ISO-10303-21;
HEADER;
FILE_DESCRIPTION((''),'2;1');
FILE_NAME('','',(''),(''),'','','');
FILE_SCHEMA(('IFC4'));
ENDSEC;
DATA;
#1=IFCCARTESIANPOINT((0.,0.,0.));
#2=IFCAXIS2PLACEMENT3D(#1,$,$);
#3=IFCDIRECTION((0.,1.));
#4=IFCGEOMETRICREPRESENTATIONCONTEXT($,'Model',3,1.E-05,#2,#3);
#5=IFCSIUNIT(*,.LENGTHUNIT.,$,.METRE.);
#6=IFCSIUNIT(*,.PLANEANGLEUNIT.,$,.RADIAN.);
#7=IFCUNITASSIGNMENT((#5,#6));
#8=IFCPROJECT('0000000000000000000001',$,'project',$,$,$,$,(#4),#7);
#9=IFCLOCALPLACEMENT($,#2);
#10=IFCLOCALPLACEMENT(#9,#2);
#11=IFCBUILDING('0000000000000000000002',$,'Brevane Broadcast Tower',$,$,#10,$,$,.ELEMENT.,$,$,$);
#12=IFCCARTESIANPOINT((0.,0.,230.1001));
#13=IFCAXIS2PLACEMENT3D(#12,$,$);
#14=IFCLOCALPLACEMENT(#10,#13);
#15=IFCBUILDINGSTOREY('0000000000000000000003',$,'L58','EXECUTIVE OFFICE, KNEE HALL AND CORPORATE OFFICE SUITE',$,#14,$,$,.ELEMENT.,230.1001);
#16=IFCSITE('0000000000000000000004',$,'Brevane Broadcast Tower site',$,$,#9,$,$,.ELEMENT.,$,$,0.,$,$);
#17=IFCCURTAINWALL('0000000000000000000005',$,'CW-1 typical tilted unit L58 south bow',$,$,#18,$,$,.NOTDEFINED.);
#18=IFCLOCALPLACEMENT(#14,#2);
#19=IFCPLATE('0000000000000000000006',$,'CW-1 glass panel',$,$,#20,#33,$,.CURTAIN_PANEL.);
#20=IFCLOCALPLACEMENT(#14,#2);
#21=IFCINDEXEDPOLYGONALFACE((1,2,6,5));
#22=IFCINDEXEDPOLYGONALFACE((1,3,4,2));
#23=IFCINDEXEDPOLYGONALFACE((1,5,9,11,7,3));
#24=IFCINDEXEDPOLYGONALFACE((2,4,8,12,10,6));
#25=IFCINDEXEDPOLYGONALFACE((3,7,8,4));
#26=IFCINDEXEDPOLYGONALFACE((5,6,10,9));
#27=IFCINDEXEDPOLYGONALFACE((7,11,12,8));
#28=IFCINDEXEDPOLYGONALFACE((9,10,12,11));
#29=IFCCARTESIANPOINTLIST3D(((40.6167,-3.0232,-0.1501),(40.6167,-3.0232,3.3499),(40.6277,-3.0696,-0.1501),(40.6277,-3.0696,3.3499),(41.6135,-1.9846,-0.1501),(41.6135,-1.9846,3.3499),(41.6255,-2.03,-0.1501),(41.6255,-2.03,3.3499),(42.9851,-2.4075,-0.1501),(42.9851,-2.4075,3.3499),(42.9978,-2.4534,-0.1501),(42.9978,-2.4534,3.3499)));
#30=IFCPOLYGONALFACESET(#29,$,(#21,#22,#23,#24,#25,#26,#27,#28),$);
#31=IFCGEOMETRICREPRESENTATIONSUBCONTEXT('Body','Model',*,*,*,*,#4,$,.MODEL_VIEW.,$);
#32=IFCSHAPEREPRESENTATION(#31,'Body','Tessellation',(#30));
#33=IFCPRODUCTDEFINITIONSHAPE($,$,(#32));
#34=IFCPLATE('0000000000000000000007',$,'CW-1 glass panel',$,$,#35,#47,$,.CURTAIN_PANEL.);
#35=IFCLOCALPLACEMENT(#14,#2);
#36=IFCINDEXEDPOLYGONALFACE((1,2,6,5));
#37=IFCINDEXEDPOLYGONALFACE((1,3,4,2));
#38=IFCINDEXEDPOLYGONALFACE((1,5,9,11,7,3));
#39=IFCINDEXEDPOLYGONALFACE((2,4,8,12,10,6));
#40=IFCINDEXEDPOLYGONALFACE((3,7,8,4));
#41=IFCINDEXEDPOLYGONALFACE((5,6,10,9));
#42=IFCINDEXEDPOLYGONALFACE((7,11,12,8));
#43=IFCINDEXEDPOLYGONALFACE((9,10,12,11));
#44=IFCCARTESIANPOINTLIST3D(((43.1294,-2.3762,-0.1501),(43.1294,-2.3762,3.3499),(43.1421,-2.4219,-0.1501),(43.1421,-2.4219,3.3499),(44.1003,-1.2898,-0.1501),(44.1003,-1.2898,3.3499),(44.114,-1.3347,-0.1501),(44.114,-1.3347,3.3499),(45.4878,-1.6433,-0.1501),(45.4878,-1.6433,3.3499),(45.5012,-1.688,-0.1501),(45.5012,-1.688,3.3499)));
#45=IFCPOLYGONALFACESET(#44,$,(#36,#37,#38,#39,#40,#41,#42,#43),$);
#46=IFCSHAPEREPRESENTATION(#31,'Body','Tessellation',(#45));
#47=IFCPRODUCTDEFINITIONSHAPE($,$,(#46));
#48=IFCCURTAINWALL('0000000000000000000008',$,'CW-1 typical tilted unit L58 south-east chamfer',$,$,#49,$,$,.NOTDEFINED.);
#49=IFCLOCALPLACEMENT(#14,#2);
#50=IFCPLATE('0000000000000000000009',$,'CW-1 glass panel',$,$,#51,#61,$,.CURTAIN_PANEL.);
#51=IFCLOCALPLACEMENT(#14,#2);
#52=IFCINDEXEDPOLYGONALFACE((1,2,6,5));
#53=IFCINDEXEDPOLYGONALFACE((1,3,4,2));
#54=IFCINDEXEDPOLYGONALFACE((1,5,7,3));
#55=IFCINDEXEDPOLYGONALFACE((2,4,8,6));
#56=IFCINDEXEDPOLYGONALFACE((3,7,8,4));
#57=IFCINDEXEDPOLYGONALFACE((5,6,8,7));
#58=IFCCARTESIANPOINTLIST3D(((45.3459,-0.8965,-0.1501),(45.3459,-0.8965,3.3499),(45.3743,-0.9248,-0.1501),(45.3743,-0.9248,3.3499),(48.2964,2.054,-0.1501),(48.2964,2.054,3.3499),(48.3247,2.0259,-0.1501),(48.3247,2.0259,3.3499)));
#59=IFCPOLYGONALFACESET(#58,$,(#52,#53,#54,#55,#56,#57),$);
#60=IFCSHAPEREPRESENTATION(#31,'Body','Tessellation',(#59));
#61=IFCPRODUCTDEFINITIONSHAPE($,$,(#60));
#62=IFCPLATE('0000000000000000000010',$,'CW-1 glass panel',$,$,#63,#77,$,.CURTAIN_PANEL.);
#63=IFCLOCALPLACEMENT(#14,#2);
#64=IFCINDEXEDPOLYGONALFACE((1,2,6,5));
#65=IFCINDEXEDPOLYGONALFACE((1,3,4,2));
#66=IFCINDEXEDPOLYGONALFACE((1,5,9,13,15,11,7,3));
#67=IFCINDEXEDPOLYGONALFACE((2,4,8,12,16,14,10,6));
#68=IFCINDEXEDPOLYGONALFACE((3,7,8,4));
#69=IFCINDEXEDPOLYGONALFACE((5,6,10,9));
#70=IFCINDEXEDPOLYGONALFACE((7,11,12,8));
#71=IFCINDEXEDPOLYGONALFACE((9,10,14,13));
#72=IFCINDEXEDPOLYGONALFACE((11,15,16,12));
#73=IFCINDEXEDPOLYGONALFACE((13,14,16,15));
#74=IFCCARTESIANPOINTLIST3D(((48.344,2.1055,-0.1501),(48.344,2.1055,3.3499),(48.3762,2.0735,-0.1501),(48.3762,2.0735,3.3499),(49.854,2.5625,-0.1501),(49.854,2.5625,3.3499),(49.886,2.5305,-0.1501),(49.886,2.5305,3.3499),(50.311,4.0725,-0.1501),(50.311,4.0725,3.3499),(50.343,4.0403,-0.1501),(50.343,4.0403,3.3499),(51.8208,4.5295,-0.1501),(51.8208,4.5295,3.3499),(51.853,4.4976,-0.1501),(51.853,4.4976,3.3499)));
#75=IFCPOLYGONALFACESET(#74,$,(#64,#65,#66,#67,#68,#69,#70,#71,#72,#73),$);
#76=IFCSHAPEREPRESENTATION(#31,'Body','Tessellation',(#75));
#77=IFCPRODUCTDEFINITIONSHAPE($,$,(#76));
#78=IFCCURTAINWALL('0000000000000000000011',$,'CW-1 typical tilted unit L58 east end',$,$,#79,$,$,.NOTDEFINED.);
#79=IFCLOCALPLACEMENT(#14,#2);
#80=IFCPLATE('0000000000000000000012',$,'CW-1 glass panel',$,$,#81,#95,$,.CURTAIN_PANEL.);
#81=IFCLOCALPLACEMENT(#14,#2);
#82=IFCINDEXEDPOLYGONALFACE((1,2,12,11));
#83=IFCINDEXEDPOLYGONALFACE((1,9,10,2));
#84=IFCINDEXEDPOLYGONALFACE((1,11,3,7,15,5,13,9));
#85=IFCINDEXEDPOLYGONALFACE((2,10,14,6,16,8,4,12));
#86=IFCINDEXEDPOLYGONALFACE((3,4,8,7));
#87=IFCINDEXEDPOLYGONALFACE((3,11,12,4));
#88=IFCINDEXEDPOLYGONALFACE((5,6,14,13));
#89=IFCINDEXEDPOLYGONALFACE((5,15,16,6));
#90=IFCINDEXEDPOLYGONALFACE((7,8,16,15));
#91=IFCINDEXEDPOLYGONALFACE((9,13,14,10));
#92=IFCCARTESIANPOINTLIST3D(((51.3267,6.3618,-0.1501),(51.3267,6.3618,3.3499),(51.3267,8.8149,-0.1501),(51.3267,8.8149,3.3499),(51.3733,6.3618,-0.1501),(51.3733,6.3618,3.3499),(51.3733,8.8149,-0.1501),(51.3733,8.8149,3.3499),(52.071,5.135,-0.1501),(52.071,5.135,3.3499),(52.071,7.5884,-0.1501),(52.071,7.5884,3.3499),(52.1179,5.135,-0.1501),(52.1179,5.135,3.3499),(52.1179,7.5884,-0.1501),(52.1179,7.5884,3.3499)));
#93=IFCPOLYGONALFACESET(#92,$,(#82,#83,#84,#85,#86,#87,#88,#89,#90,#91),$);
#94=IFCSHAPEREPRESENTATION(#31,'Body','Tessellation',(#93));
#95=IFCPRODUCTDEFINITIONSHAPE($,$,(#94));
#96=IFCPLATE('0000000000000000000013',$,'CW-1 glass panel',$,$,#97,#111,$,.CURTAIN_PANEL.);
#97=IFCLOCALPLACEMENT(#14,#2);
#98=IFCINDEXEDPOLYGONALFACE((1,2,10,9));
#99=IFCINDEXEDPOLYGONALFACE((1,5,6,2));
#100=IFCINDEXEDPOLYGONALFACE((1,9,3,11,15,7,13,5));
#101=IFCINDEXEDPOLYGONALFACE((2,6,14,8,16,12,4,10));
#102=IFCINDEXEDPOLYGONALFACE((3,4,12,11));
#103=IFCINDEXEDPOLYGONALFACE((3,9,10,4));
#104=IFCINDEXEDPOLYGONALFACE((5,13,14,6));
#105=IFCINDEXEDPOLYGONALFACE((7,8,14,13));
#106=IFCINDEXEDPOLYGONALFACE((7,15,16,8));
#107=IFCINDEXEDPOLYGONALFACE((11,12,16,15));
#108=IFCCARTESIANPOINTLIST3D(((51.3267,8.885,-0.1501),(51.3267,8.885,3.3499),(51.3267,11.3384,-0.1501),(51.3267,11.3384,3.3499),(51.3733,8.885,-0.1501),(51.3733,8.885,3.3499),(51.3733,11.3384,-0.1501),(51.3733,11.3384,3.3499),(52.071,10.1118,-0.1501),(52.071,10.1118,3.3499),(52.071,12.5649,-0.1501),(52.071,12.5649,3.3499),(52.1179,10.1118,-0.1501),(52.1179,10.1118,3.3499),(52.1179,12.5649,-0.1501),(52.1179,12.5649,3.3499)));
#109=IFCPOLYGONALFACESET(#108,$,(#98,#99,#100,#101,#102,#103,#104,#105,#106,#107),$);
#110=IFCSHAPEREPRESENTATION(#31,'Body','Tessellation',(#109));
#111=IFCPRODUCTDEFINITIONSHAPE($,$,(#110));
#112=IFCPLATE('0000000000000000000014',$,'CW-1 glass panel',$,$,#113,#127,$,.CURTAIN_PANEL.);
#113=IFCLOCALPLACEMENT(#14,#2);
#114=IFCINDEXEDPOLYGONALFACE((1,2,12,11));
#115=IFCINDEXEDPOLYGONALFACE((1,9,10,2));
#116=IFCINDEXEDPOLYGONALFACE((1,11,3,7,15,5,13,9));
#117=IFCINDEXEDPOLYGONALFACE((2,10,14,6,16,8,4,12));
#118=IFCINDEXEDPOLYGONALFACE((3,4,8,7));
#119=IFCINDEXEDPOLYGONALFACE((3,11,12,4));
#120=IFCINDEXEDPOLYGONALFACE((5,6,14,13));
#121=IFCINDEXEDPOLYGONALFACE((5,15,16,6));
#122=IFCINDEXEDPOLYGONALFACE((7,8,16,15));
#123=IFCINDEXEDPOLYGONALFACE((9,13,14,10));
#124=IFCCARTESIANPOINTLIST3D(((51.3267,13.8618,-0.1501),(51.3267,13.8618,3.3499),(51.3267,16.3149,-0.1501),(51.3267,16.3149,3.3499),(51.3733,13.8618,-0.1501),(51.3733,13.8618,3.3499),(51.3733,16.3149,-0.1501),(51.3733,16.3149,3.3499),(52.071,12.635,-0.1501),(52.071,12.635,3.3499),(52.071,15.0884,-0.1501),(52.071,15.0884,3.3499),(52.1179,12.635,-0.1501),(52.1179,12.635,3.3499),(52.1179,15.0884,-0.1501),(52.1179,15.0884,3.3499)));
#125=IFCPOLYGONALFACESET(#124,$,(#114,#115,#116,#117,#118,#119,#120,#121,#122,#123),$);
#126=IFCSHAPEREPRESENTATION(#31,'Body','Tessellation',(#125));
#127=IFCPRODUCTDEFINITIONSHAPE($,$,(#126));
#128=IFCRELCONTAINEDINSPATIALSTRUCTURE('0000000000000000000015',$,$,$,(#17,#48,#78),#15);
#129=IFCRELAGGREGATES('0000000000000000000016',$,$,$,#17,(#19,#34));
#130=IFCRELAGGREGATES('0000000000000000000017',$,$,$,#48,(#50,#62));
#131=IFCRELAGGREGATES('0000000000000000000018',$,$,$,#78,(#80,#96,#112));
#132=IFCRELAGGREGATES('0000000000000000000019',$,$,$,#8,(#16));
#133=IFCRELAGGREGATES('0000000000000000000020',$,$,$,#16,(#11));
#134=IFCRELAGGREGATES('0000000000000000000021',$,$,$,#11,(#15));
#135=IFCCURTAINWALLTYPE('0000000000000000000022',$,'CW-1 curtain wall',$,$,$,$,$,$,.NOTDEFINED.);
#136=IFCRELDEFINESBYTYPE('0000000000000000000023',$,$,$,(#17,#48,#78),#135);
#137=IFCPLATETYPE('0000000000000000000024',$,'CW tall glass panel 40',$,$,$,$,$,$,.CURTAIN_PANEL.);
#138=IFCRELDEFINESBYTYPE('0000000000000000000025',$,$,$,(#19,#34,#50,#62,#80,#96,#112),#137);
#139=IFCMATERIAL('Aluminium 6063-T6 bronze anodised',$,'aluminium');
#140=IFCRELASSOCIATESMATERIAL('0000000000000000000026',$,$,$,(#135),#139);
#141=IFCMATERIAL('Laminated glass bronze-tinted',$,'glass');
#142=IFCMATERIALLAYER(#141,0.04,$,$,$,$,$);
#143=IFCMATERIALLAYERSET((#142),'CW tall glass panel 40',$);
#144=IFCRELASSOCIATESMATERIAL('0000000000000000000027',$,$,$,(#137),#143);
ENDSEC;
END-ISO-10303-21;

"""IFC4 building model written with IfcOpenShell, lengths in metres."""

from ifc_helpers import new_model, si_unit, direction, frame, origin, place, context, subcontext, project, spatial, polyline, outline, extrude, material, layer, layer_set, type_object, element, aggregate, save


model = new_model("IFC4")

# Units and contexts
model_context = context("Model", 3, precision=1e-05, world=origin(), true_north=direction((0.0, 1.0)))
body_context = subcontext(model_context, "Body", "Model", "MODEL_VIEW")
ifc_project = project(units=[si_unit("LENGTHUNIT", "METRE"), si_unit("PLANEANGLEUNIT", "RADIAN")], contexts=[model_context])

# Site, building, storey
site_placement = place(None, origin())
site = spatial("IfcSite", under=ifc_project, at=site_placement, Name="Brevane Broadcast Tower site", CompositionType="ELEMENT", RefElevation=0.0)
building_placement = place(site_placement, origin())
building = spatial("IfcBuilding", under=site, at=building_placement, Name="Brevane Broadcast Tower", CompositionType="ELEMENT")
storey_placement = place(building_placement, frame((0.0, 0.0, 230.1001)))
storey = spatial("IfcBuildingStorey", under=building, at=storey_placement, Name="L58", Description="EXECUTIVE OFFICE, KNEE HALL AND CORPORATE OFFICE SUITE", CompositionType="ELEMENT", Elevation=230.1001)

# Curtain walls, plates
ifc_material_1 = material(Name="Aluminium 6063-T6 bronze anodised", Category="aluminium")
curtain_wall_type = type_object("IfcCurtainWallType", Name="CW-1 curtain wall", PredefinedType="NOTDEFINED", material=ifc_material_1)
curtain_wall_1_placement = place(storey_placement, origin())
curtain_wall_1 = element("IfcCurtainWall", 1, at=curtain_wall_1_placement, inside=storey, type_object=curtain_wall_type, Name="CW-1 typical tilted unit L58 south bow", PredefinedType="NOTDEFINED")
ifc_material_2 = material(Name="Laminated glass bronze-tinted", Category="glass")
ifc_layer = layer(ifc_material_2, 0.04)
ifc_layer_set = layer_set([ifc_layer], Name="CW tall glass panel 40")
plate_type = type_object("IfcPlateType", Name="CW tall glass panel 40", PredefinedType="CURTAIN_PANEL", material=ifc_layer_set)
plate_1_placement = place(storey_placement, frame((0.0, 0.0, -0.1501)))
plate_1 = element("IfcPlate", 2, at=plate_1_placement, type_object=plate_type, Name="CW-1 glass panel", PredefinedType="CURTAIN_PANEL", context=body_context, shape_type="SweptSolid", body=[
    extrude(outline(polyline([(40.6167, -3.0232), (40.6277, -3.0696), (41.6255, -2.03), (42.9978, -2.4534), (42.9851, -2.4075), (41.6135, -1.9846), (40.6167, -3.0232)])), origin(), (0.0, 0.0, 1.0), 3.5),
])
plate_2_placement = place(storey_placement, frame((0.0, 0.0, -0.1501)))
plate_2 = element("IfcPlate", 3, at=plate_2_placement, type_object=plate_type, Name="CW-1 glass panel", PredefinedType="CURTAIN_PANEL", context=body_context, shape_type="SweptSolid", body=[
    extrude(outline(polyline([(43.1294, -2.3762), (43.1421, -2.4219), (44.114, -1.3347), (45.5012, -1.688), (45.4878, -1.6433), (44.1003, -1.2898), (43.1294, -2.3762)])), origin(), (0.0, 0.0, 1.0), 3.5),
])
aggregate(curtain_wall_1, [plate_1, plate_2])
curtain_wall_2_placement = place(storey_placement, origin())
curtain_wall_2 = element("IfcCurtainWall", 4, at=curtain_wall_2_placement, inside=storey, type_object=curtain_wall_type, Name="CW-1 typical tilted unit L58 south-east chamfer", PredefinedType="NOTDEFINED")
plate_3_placement = place(storey_placement, frame((0.0, 0.0, -0.1501)))
plate_3 = element("IfcPlate", 5, at=plate_3_placement, type_object=plate_type, Name="CW-1 glass panel", PredefinedType="CURTAIN_PANEL", context=body_context, shape_type="SweptSolid", body=[
    extrude(outline(polyline([(45.3459, -0.8965), (48.2964, 2.054), (48.3247, 2.0259), (45.3743, -0.9248), (45.3459, -0.8965)])), origin(), (0.0, 0.0, 1.0), 3.5),
])
plate_4_placement = place(storey_placement, frame((0.0, 0.0, -0.1501)))
plate_4 = element("IfcPlate", 6, at=plate_4_placement, type_object=plate_type, Name="CW-1 glass panel", PredefinedType="CURTAIN_PANEL", context=body_context, shape_type="SweptSolid", body=[
    extrude(outline(polyline([(48.344, 2.1055), (48.3762, 2.0735), (49.886, 2.5305), (50.343, 4.0403), (51.853, 4.4976), (51.8208, 4.5295), (50.311, 4.0725), (49.854, 2.5625), (48.344, 2.1055)])), origin(), (0.0, 0.0, 1.0), 3.5),
])
aggregate(curtain_wall_2, [plate_3, plate_4])
curtain_wall_3_placement = place(storey_placement, origin())
curtain_wall_3 = element("IfcCurtainWall", 7, at=curtain_wall_3_placement, inside=storey, type_object=curtain_wall_type, Name="CW-1 typical tilted unit L58 east end", PredefinedType="NOTDEFINED")
plate_5_placement = place(storey_placement, frame((0.0, 0.0, -0.1501)))
plate_5 = element("IfcPlate", 8, at=plate_5_placement, type_object=plate_type, Name="CW-1 glass panel", PredefinedType="CURTAIN_PANEL", context=body_context, shape_type="SweptSolid", body=[
    extrude(outline(polyline([(52.071, 5.135), (52.1179, 5.135), (51.3733, 6.3618), (52.1179, 7.5884), (51.3733, 8.8149), (51.3267, 8.8149), (52.071, 7.5884), (51.3267, 6.3618), (52.071, 5.135)])), origin(), (0.0, 0.0, 1.0), 3.5),
])
plate_6_placement = place(storey_placement, frame((0.0, 0.0, -0.1501)))
plate_6 = element("IfcPlate", 9, at=plate_6_placement, type_object=plate_type, Name="CW-1 glass panel", PredefinedType="CURTAIN_PANEL", context=body_context, shape_type="SweptSolid", body=[
    extrude(outline(polyline([(51.3267, 8.885), (51.3733, 8.885), (52.1179, 10.1118), (51.3733, 11.3384), (52.1179, 12.5649), (52.071, 12.5649), (51.3267, 11.3384), (52.071, 10.1118), (51.3267, 8.885)])), origin(), (0.0, 0.0, 1.0), 3.5),
])
plate_7_placement = place(storey_placement, frame((0.0, 0.0, -0.1501)))
plate_7 = element("IfcPlate", 10, at=plate_7_placement, type_object=plate_type, Name="CW-1 glass panel", PredefinedType="CURTAIN_PANEL", context=body_context, shape_type="SweptSolid", body=[
    extrude(outline(polyline([(52.071, 12.635), (52.1179, 12.635), (51.3733, 13.8618), (52.1179, 15.0884), (51.3733, 16.3149), (51.3267, 16.3149), (52.071, 15.0884), (51.3267, 13.8618), (52.071, 12.635)])), origin(), (0.0, 0.0, 1.0), 3.5),
])
aggregate(curtain_wall_3, [plate_5, plate_6, plate_7])

save(model, "model.ifc")
